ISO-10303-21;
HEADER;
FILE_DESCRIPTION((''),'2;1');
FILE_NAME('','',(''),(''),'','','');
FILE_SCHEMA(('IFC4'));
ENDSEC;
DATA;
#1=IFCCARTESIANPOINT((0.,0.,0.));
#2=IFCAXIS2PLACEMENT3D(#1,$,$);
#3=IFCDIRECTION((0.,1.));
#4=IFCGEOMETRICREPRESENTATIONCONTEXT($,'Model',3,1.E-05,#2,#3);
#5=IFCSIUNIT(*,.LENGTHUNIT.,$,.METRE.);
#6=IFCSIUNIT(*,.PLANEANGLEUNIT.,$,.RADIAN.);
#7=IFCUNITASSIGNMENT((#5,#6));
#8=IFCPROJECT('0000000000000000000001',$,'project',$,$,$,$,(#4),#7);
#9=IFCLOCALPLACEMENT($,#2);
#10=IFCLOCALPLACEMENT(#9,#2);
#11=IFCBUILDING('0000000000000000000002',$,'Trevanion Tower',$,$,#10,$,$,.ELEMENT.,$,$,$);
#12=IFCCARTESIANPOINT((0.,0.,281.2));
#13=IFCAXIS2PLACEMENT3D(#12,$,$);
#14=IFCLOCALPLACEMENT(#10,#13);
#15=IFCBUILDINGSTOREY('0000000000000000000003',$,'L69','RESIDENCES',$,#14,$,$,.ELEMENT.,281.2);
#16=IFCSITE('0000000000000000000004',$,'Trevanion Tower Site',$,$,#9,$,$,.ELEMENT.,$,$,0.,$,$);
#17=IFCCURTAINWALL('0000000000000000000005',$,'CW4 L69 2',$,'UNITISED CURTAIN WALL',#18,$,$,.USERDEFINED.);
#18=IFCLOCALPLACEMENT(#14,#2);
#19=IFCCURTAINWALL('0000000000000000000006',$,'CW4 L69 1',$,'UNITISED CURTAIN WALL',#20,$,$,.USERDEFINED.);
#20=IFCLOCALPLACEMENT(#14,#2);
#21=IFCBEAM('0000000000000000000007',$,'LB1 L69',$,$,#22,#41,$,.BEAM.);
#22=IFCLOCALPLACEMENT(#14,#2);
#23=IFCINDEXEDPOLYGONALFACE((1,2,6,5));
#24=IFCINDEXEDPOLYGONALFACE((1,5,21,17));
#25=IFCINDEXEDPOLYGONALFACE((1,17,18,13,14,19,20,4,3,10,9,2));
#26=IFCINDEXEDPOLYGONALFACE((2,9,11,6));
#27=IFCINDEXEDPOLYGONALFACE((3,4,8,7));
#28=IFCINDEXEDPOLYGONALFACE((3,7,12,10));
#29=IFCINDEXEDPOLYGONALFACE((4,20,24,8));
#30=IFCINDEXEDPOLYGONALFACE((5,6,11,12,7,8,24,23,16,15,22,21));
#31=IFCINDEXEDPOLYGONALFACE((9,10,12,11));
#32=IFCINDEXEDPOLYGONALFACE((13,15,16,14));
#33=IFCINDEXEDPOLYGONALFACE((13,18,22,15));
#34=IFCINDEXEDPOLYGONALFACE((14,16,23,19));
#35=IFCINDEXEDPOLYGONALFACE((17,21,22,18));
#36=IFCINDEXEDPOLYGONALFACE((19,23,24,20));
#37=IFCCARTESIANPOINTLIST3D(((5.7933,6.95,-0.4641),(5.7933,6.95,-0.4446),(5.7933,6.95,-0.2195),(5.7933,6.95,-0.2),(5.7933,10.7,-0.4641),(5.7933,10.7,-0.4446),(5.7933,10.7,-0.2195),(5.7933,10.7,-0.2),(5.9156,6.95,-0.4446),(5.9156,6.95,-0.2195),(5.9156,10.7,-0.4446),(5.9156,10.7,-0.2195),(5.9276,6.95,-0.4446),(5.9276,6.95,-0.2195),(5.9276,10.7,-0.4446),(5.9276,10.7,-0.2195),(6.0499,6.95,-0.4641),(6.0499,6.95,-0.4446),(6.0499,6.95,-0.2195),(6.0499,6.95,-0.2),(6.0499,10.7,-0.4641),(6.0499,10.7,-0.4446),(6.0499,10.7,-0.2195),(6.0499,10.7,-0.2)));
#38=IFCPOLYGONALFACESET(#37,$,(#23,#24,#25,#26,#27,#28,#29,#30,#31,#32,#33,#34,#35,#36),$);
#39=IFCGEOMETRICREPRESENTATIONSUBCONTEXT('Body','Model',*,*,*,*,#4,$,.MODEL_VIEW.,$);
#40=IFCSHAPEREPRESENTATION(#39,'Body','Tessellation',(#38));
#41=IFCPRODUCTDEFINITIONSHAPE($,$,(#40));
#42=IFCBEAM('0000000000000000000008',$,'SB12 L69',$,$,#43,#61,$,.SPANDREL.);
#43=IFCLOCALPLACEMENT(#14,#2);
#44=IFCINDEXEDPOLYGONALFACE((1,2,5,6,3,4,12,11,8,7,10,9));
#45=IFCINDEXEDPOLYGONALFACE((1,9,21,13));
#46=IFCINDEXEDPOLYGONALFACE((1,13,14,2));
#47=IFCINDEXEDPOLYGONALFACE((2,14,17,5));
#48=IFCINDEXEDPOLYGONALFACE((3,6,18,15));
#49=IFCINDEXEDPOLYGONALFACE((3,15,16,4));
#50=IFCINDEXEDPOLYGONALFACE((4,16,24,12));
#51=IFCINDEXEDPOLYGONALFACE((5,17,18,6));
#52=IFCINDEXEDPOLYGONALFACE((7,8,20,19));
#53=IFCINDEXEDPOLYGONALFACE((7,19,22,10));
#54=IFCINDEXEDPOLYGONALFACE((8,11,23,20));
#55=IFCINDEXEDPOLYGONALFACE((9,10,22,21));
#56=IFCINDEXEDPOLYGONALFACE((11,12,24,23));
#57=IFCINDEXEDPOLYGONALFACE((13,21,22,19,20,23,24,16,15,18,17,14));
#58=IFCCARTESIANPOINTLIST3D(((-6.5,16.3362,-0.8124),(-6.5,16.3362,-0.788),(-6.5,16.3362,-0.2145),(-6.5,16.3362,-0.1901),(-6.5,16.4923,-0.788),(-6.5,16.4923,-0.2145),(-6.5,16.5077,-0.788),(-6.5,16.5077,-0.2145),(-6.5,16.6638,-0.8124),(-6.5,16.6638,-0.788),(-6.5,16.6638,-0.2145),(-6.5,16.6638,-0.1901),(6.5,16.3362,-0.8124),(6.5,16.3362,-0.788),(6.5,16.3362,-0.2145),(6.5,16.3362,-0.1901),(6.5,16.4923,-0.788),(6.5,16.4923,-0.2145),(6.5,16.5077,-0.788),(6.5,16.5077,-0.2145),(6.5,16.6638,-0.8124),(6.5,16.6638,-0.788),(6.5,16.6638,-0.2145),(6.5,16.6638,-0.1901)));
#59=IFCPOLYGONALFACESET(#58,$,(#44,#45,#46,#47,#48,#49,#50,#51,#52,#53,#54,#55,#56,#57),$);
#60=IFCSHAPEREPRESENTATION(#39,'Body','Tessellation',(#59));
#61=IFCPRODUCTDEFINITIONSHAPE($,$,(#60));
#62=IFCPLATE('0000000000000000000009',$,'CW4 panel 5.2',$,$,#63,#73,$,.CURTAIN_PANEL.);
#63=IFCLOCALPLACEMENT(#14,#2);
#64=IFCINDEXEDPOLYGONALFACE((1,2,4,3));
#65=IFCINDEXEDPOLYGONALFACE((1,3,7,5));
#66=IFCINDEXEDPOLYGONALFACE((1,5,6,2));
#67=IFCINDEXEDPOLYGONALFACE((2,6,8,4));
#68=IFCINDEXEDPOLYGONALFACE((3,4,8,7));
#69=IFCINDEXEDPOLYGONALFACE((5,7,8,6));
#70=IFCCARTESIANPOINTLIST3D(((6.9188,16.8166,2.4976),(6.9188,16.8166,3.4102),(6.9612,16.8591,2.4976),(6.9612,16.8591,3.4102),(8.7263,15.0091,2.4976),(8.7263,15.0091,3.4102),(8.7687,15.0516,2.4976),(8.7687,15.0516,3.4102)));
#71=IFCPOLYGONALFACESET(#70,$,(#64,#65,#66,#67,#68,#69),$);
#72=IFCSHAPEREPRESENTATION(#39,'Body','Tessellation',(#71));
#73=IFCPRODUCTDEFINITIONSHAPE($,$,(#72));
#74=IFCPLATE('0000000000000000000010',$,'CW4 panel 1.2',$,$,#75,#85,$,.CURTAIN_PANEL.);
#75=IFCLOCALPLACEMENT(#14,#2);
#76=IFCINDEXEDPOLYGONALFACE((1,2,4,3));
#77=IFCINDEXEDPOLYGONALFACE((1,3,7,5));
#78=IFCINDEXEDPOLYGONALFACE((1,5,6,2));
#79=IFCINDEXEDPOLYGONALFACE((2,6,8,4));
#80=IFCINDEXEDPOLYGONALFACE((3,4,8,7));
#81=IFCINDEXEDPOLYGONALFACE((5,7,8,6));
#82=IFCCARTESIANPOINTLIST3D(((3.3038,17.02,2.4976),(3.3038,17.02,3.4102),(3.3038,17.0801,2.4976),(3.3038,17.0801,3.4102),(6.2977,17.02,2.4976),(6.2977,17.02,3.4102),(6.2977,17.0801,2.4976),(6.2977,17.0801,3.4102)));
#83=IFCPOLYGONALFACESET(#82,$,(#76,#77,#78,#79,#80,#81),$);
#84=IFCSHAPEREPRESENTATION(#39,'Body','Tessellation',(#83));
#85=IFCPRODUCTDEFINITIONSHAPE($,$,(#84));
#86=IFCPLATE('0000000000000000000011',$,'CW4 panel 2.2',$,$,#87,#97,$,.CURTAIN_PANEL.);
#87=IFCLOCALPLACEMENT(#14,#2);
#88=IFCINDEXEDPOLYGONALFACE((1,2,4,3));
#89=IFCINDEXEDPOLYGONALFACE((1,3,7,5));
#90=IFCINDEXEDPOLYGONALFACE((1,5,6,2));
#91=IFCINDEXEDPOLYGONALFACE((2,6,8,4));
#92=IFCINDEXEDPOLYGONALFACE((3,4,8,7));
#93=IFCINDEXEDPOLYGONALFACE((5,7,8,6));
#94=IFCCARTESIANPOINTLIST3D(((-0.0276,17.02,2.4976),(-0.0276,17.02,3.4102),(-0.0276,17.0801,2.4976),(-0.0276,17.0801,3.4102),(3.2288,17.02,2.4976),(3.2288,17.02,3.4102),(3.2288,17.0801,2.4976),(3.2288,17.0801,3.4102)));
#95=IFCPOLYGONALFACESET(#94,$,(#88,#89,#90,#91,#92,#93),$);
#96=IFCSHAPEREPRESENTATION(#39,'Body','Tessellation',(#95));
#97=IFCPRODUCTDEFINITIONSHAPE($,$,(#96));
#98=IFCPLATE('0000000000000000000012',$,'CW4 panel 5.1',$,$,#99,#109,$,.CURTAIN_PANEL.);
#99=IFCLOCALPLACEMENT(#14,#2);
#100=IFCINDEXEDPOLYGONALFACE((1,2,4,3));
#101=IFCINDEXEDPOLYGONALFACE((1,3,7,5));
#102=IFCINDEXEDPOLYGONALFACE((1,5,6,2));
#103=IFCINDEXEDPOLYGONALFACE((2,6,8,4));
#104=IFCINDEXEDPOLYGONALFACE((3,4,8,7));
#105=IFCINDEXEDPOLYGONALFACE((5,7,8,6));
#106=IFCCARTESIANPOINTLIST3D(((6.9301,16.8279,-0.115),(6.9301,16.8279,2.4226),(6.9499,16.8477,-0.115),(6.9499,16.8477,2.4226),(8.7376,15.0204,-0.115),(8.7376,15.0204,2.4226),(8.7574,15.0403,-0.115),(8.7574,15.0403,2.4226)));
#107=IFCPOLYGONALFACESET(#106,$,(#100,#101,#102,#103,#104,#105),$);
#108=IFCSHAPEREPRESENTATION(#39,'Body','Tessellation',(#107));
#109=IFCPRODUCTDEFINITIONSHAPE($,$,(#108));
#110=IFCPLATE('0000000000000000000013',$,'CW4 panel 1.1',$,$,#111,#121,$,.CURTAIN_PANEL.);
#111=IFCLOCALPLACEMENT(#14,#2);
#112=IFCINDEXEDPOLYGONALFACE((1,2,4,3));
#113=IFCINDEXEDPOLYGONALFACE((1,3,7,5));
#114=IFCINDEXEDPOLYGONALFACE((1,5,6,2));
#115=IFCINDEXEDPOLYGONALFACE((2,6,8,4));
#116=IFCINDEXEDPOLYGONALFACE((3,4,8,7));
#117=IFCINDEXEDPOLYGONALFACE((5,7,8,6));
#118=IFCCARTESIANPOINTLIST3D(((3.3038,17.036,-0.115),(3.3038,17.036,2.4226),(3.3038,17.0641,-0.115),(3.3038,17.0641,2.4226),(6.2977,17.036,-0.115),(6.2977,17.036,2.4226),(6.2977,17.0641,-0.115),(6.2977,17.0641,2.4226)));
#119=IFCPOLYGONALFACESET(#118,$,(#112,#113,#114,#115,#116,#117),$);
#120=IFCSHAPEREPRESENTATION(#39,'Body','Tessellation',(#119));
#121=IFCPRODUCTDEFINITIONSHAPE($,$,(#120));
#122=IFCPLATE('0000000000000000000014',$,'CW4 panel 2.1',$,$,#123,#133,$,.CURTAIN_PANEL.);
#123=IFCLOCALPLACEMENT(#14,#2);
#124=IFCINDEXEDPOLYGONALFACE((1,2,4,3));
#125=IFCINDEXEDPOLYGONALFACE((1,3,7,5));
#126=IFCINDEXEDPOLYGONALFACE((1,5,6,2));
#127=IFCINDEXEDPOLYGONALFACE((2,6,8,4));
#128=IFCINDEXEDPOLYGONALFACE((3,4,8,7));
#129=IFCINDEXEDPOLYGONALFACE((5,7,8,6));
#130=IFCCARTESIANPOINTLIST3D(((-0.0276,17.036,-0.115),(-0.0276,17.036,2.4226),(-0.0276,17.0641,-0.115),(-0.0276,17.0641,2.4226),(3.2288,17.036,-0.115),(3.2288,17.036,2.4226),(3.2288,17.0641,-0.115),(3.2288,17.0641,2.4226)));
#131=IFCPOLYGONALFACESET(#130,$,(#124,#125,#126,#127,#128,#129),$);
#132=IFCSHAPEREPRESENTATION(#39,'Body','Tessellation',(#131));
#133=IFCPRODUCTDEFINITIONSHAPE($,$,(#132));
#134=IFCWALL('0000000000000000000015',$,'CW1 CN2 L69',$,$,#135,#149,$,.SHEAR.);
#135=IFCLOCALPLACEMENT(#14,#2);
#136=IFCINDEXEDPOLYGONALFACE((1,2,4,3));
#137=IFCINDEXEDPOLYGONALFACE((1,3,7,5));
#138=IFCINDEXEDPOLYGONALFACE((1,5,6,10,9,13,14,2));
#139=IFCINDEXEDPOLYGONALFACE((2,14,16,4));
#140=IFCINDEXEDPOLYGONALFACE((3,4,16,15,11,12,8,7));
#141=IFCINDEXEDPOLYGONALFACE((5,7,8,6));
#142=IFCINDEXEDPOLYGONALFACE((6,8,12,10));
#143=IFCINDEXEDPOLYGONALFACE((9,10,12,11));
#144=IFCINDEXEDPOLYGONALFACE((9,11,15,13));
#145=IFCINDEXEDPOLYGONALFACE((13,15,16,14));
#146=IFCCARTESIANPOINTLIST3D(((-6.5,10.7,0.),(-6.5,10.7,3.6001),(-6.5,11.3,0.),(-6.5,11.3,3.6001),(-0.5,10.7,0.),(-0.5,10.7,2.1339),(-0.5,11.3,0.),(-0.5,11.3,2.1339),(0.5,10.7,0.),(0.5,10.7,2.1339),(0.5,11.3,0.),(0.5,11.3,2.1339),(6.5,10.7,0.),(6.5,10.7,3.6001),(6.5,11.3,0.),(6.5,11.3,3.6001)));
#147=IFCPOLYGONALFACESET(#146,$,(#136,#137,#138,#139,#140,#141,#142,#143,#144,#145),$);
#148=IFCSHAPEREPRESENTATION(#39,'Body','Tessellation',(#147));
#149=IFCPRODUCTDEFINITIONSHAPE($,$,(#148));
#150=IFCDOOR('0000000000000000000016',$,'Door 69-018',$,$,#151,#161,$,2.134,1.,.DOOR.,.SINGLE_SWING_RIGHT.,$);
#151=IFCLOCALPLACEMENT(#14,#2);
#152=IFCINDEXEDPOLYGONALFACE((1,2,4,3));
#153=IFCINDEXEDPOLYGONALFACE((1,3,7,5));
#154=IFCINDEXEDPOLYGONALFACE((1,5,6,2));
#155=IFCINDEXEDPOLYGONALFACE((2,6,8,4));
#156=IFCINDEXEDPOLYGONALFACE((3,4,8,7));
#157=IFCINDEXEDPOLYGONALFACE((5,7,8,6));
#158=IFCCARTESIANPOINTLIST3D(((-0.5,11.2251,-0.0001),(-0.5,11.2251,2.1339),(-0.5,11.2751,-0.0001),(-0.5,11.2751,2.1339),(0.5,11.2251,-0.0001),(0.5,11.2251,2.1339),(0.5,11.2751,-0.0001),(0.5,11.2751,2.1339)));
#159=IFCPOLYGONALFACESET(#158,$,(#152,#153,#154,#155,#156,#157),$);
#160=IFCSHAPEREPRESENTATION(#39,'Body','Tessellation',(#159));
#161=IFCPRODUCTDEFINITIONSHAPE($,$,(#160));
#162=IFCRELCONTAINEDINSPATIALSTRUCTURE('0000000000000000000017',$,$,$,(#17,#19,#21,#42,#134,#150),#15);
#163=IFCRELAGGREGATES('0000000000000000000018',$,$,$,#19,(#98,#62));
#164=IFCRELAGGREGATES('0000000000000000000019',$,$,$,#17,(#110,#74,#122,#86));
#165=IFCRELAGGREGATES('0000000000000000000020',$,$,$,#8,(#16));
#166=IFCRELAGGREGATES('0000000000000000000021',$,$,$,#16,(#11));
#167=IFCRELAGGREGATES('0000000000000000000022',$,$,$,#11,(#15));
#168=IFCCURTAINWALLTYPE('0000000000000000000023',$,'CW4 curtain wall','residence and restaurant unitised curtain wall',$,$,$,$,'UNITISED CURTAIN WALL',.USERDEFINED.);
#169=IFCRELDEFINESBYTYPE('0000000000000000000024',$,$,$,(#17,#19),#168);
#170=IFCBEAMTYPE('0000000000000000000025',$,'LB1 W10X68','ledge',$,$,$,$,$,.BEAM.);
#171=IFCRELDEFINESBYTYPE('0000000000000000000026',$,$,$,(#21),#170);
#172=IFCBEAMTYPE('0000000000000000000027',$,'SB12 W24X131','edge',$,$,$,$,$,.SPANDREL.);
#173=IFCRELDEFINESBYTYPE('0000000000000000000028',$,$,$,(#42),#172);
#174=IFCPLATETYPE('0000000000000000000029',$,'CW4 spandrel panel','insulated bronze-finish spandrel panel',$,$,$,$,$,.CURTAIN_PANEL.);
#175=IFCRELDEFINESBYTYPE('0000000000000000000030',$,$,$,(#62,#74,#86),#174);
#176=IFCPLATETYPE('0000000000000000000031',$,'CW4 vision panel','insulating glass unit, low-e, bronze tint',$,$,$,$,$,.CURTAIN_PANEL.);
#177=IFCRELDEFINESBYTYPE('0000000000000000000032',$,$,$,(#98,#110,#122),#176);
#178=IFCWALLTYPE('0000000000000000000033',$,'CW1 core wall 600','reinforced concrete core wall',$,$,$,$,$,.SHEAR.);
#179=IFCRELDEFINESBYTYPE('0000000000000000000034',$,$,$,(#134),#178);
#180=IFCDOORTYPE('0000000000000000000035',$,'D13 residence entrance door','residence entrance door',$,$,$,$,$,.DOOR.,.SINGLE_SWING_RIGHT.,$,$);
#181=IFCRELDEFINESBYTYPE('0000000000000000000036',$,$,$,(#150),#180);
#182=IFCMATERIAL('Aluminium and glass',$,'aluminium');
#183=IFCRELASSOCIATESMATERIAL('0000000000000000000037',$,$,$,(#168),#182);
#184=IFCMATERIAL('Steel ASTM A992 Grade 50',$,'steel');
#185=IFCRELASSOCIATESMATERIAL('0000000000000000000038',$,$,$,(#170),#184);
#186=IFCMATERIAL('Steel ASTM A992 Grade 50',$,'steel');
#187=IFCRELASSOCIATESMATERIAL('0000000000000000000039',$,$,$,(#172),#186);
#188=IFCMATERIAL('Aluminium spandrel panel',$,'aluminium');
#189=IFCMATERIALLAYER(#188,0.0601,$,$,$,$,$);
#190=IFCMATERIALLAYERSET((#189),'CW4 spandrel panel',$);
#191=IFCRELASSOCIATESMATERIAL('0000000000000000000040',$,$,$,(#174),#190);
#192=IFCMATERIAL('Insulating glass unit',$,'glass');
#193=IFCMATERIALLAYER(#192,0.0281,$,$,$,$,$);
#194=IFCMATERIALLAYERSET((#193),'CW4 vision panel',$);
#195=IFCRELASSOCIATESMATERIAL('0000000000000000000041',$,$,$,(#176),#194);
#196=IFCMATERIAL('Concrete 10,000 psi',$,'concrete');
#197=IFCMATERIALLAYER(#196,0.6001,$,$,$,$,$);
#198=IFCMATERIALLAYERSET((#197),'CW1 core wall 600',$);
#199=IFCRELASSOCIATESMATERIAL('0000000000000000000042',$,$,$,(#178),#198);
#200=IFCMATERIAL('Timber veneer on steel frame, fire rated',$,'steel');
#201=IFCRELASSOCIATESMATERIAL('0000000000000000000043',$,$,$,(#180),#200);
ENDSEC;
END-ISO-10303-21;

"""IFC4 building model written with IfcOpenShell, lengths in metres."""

from ifc_helpers import new_model, si_unit, direction, frame, frame_2d, origin, origin_2d, place, context, subcontext, project, spatial, rectangle, i_section, extrude, material, layer, layer_set, material_profile, profile_set, type_object, element, fill, aggregate, save


model = new_model("IFC4")

# Units and contexts
model_context = context("Model", 3, precision=1e-05, world=origin(), true_north=direction((0.0, 1.0)))
body_context = subcontext(model_context, "Body", "Model", "MODEL_VIEW")
ifc_project = project(units=[si_unit("LENGTHUNIT", "METRE"), si_unit("PLANEANGLEUNIT", "RADIAN")], contexts=[model_context])

# Site, building, storey
site_placement = place(None, origin())
site = spatial("IfcSite", under=ifc_project, at=site_placement, Name="Trevanion Tower Site", CompositionType="ELEMENT", RefElevation=0.0)
building_placement = place(site_placement, origin())
building = spatial("IfcBuilding", under=site, at=building_placement, Name="Trevanion Tower", CompositionType="ELEMENT")
storey_placement = place(building_placement, frame((0.0, 0.0, 281.2)))
storey = spatial("IfcBuildingStorey", under=building, at=storey_placement, Name="L69", Description="RESIDENCES", CompositionType="ELEMENT", Elevation=281.2)

# Curtain walls
ifc_material_1 = material(Name="Aluminium and glass", Category="aluminium")
curtain_wall_type = type_object("IfcCurtainWallType", Name="CW4 curtain wall", Description="residence and restaurant unitised curtain wall", ElementType="UNITISED CURTAIN WALL", PredefinedType="USERDEFINED", material=ifc_material_1)
curtain_wall_1_placement = place(storey_placement, origin())
curtain_wall_1 = element("IfcCurtainWall", 1, at=curtain_wall_1_placement, inside=storey, type_object=curtain_wall_type, Name="CW4 L69 2", ObjectType="UNITISED CURTAIN WALL", PredefinedType="USERDEFINED")
curtain_wall_2_placement = place(storey_placement, origin())
curtain_wall_2 = element("IfcCurtainWall", 2, at=curtain_wall_2_placement, inside=storey, type_object=curtain_wall_type, Name="CW4 L69 1", ObjectType="UNITISED CURTAIN WALL", PredefinedType="USERDEFINED")

# Beams
ifc_material_2 = material(Name="Steel ASTM A992 Grade 50", Category="steel")
ifc_material_profile_1 = material_profile(ifc_material_2, i_section(OverallWidth=0.2566, OverallDepth=0.2642, WebThickness=0.012, FlangeThickness=0.0195, at=origin_2d()), Name="W10X68")
ifc_profile_set_1 = profile_set([ifc_material_profile_1], Name="Steel ASTM A992 Grade 50")
beam_type_1 = type_object("IfcBeamType", Name="LB1 W10X68", Description="ledge", PredefinedType="BEAM", material=ifc_profile_set_1)
beam_1_placement = place(storey_placement, frame((5.9216, 6.95, -0.332), z_axis=(0.0, 1.0, 0.0), x_axis=(-1.0, 0.0, 0.0)))
element("IfcBeam", 3, at=beam_1_placement, inside=storey, type_object=beam_type_1, Name="LB1 L69", PredefinedType="BEAM", context=body_context, shape_type="SweptSolid", body=[
    extrude(i_section(OverallWidth=0.2566, OverallDepth=0.2642, WebThickness=0.012, FlangeThickness=0.0195, at=origin_2d()), origin(), (0.0, 0.0, 1.0), 3.75),
])
ifc_material_3 = material(Name="Steel ASTM A992 Grade 50", Category="steel")
ifc_material_profile_2 = material_profile(ifc_material_3, i_section(OverallWidth=0.3276, OverallDepth=0.6223, WebThickness=0.0154, FlangeThickness=0.0244, at=origin_2d()), Name="W24X131")
ifc_profile_set_2 = profile_set([ifc_material_profile_2], Name="Steel ASTM A992 Grade 50")
beam_type_2 = type_object("IfcBeamType", Name="SB12 W24X131", Description="edge", PredefinedType="SPANDREL", material=ifc_profile_set_2)
beam_2_placement = place(storey_placement, frame((6.5, 16.5, -0.5012), z_axis=(-1.0, 0.0, 0.0), x_axis=(0.0, -1.0, 0.0)))
element("IfcBeam", 4, at=beam_2_placement, inside=storey, type_object=beam_type_2, Name="SB12 L69", PredefinedType="SPANDREL", context=body_context, shape_type="SweptSolid", body=[
    extrude(i_section(OverallWidth=0.3276, OverallDepth=0.6223, WebThickness=0.0154, FlangeThickness=0.0244, at=origin_2d()), origin(), (0.0, 0.0, 1.0), 13.0),
])

# Plates
ifc_material_4 = material(Name="Aluminium spandrel panel", Category="aluminium")
ifc_layer_1 = layer(ifc_material_4, 0.0601)
ifc_layer_set_1 = layer_set([ifc_layer_1], Name="CW4 spandrel panel")
plate_type_1 = type_object("IfcPlateType", Name="CW4 spandrel panel", Description="insulated bronze-finish spandrel panel", PredefinedType="CURTAIN_PANEL", material=ifc_layer_set_1)
plate_1_placement = place(storey_placement, frame((7.8438, 15.9341, 2.4976), z_axis=(0.0, 0.0, 1.0), x_axis=(-0.707107, 0.707107, 0.0)))
plate_1 = element("IfcPlate", 5, at=plate_1_placement, type_object=plate_type_1, Name="CW4 panel 5.2", PredefinedType="CURTAIN_PANEL", context=body_context, shape_type="SweptSolid", body=[
    extrude(rectangle(XDim=2.5562, YDim=0.0601, at=origin_2d()), origin(), (0.0, 0.0, 1.0), 0.9126),
])
plate_2_placement = place(storey_placement, frame((4.8008, 17.05, 2.4976), z_axis=(0.0, 0.0, 1.0), x_axis=(-1.0, 0.0, 0.0)))
plate_2 = element("IfcPlate", 6, at=plate_2_placement, type_object=plate_type_1, Name="CW4 panel 1.2", PredefinedType="CURTAIN_PANEL", context=body_context, shape_type="SweptSolid", body=[
    extrude(rectangle(XDim=2.9939, YDim=0.0601, at=origin_2d()), origin(), (0.0, 0.0, 1.0), 0.9126),
])
plate_3_placement = place(storey_placement, frame((1.6006, 17.05, 2.4976), z_axis=(0.0, 0.0, 1.0), x_axis=(-1.0, 0.0, 0.0)))
plate_3 = element("IfcPlate", 7, at=plate_3_placement, type_object=plate_type_1, Name="CW4 panel 2.2", PredefinedType="CURTAIN_PANEL", context=body_context, shape_type="SweptSolid", body=[
    extrude(rectangle(XDim=3.2563, YDim=0.0601, at=origin_2d()), origin(), (0.0, 0.0, 1.0), 0.9126),
])
ifc_material_5 = material(Name="Insulating glass unit", Category="glass")
ifc_layer_2 = layer(ifc_material_5, 0.0281)
ifc_layer_set_2 = layer_set([ifc_layer_2], Name="CW4 vision panel")
plate_type_2 = type_object("IfcPlateType", Name="CW4 vision panel", Description="insulating glass unit, low-e, bronze tint", PredefinedType="CURTAIN_PANEL", material=ifc_layer_set_2)
plate_4_placement = place(storey_placement, frame((7.8438, 15.9341, -0.115), z_axis=(0.0, 0.0, 1.0), x_axis=(-0.707107, 0.707107, 0.0)))
plate_4 = element("IfcPlate", 8, at=plate_4_placement, type_object=plate_type_2, Name="CW4 panel 5.1", PredefinedType="CURTAIN_PANEL", context=body_context, shape_type="SweptSolid", body=[
    extrude(rectangle(XDim=2.5562, YDim=0.0281, at=origin_2d()), origin(), (0.0, 0.0, 1.0), 2.5376),
])
aggregate(curtain_wall_2, [plate_4, plate_1])
plate_5_placement = place(storey_placement, frame((4.8008, 17.05, -0.115), z_axis=(0.0, 0.0, 1.0), x_axis=(-1.0, 0.0, 0.0)))
plate_5 = element("IfcPlate", 9, at=plate_5_placement, type_object=plate_type_2, Name="CW4 panel 1.1", PredefinedType="CURTAIN_PANEL", context=body_context, shape_type="SweptSolid", body=[
    extrude(rectangle(XDim=2.9939, YDim=0.0281, at=origin_2d()), origin(), (0.0, 0.0, 1.0), 2.5376),
])
plate_6_placement = place(storey_placement, frame((1.6006, 17.05, -0.115), z_axis=(0.0, 0.0, 1.0), x_axis=(-1.0, 0.0, 0.0)))
plate_6 = element("IfcPlate", 10, at=plate_6_placement, type_object=plate_type_2, Name="CW4 panel 2.1", PredefinedType="CURTAIN_PANEL", context=body_context, shape_type="SweptSolid", body=[
    extrude(rectangle(XDim=3.2563, YDim=0.0281, at=origin_2d()), origin(), (0.0, 0.0, 1.0), 2.5376),
])
aggregate(curtain_wall_1, [plate_5, plate_2, plate_6, plate_3])

# Wall, opening, door
ifc_material_6 = material(Name="Concrete 10,000 psi", Category="concrete")
ifc_layer_3 = layer(ifc_material_6, 0.6001)
ifc_layer_set_3 = layer_set([ifc_layer_3], Name="CW1 core wall 600")
wall_type_1 = type_object("IfcWallType", Name="CW1 core wall 600", Description="reinforced concrete core wall", PredefinedType="SHEAR", material=ifc_layer_set_3)
wall_1_placement = place(storey_placement, frame((6.5, 11.0, 0.0), z_axis=(0.0, 0.0, 1.0), x_axis=(-1.0, 0.0, 0.0)))
wall_1 = element("IfcWall", 11, at=wall_1_placement, inside=storey, type_object=wall_type_1, Name="CW1 CN2 L69", PredefinedType="SHEAR", context=body_context, shape_type="SweptSolid", body=[
    extrude(rectangle(XDim=13.0, YDim=0.6001, at=frame_2d((6.5, 0.0))), origin(), (0.0, 0.0, 1.0), 3.6001),
])
opening_1_placement = place(wall_1_placement, frame((6.0, 0.0, 0.0)))
opening_1 = element("IfcOpeningElement", 12, at=opening_1_placement, cuts=wall_1, PredefinedType="OPENING", context=body_context, shape_type="SweptSolid", body=[
    extrude(rectangle(XDim=1.0, YDim=2.134, at=frame_2d((0.5, 1.0669))), frame((0.0, 0.3101, 0.0), z_axis=(0.0, -1.0, 0.0), x_axis=(1.0, 0.0, 0.0)), (0.0, 0.0, 1.0), 0.6201),
])
ifc_material_7 = material(Name="Timber veneer on steel frame, fire rated", Category="steel")
door_type_1 = type_object("IfcDoorType", Name="D13 residence entrance door", Description="residence entrance door", OperationType="SINGLE_SWING_RIGHT", PredefinedType="DOOR", material=ifc_material_7)
door_1_placement = place(opening_1_placement, origin())
door_1 = element("IfcDoor", 13, at=door_1_placement, inside=storey, type_object=door_type_1, Name="Door 69-018", OperationType="SINGLE_SWING_RIGHT", OverallHeight=2.134, OverallWidth=1.0, PredefinedType="DOOR", context=body_context, shape_type="SweptSolid", body=[
    extrude(rectangle(XDim=1.0, YDim=2.134, at=frame_2d((0.5, 1.0669))), frame((0.0, -0.2251, 0.0), z_axis=(0.0, -1.0, 0.0), x_axis=(1.0, 0.0, 0.0)), (0.0, 0.0, 1.0), 0.05),
])
fill(opening_1, door_1)

save(model, "model.ifc")
